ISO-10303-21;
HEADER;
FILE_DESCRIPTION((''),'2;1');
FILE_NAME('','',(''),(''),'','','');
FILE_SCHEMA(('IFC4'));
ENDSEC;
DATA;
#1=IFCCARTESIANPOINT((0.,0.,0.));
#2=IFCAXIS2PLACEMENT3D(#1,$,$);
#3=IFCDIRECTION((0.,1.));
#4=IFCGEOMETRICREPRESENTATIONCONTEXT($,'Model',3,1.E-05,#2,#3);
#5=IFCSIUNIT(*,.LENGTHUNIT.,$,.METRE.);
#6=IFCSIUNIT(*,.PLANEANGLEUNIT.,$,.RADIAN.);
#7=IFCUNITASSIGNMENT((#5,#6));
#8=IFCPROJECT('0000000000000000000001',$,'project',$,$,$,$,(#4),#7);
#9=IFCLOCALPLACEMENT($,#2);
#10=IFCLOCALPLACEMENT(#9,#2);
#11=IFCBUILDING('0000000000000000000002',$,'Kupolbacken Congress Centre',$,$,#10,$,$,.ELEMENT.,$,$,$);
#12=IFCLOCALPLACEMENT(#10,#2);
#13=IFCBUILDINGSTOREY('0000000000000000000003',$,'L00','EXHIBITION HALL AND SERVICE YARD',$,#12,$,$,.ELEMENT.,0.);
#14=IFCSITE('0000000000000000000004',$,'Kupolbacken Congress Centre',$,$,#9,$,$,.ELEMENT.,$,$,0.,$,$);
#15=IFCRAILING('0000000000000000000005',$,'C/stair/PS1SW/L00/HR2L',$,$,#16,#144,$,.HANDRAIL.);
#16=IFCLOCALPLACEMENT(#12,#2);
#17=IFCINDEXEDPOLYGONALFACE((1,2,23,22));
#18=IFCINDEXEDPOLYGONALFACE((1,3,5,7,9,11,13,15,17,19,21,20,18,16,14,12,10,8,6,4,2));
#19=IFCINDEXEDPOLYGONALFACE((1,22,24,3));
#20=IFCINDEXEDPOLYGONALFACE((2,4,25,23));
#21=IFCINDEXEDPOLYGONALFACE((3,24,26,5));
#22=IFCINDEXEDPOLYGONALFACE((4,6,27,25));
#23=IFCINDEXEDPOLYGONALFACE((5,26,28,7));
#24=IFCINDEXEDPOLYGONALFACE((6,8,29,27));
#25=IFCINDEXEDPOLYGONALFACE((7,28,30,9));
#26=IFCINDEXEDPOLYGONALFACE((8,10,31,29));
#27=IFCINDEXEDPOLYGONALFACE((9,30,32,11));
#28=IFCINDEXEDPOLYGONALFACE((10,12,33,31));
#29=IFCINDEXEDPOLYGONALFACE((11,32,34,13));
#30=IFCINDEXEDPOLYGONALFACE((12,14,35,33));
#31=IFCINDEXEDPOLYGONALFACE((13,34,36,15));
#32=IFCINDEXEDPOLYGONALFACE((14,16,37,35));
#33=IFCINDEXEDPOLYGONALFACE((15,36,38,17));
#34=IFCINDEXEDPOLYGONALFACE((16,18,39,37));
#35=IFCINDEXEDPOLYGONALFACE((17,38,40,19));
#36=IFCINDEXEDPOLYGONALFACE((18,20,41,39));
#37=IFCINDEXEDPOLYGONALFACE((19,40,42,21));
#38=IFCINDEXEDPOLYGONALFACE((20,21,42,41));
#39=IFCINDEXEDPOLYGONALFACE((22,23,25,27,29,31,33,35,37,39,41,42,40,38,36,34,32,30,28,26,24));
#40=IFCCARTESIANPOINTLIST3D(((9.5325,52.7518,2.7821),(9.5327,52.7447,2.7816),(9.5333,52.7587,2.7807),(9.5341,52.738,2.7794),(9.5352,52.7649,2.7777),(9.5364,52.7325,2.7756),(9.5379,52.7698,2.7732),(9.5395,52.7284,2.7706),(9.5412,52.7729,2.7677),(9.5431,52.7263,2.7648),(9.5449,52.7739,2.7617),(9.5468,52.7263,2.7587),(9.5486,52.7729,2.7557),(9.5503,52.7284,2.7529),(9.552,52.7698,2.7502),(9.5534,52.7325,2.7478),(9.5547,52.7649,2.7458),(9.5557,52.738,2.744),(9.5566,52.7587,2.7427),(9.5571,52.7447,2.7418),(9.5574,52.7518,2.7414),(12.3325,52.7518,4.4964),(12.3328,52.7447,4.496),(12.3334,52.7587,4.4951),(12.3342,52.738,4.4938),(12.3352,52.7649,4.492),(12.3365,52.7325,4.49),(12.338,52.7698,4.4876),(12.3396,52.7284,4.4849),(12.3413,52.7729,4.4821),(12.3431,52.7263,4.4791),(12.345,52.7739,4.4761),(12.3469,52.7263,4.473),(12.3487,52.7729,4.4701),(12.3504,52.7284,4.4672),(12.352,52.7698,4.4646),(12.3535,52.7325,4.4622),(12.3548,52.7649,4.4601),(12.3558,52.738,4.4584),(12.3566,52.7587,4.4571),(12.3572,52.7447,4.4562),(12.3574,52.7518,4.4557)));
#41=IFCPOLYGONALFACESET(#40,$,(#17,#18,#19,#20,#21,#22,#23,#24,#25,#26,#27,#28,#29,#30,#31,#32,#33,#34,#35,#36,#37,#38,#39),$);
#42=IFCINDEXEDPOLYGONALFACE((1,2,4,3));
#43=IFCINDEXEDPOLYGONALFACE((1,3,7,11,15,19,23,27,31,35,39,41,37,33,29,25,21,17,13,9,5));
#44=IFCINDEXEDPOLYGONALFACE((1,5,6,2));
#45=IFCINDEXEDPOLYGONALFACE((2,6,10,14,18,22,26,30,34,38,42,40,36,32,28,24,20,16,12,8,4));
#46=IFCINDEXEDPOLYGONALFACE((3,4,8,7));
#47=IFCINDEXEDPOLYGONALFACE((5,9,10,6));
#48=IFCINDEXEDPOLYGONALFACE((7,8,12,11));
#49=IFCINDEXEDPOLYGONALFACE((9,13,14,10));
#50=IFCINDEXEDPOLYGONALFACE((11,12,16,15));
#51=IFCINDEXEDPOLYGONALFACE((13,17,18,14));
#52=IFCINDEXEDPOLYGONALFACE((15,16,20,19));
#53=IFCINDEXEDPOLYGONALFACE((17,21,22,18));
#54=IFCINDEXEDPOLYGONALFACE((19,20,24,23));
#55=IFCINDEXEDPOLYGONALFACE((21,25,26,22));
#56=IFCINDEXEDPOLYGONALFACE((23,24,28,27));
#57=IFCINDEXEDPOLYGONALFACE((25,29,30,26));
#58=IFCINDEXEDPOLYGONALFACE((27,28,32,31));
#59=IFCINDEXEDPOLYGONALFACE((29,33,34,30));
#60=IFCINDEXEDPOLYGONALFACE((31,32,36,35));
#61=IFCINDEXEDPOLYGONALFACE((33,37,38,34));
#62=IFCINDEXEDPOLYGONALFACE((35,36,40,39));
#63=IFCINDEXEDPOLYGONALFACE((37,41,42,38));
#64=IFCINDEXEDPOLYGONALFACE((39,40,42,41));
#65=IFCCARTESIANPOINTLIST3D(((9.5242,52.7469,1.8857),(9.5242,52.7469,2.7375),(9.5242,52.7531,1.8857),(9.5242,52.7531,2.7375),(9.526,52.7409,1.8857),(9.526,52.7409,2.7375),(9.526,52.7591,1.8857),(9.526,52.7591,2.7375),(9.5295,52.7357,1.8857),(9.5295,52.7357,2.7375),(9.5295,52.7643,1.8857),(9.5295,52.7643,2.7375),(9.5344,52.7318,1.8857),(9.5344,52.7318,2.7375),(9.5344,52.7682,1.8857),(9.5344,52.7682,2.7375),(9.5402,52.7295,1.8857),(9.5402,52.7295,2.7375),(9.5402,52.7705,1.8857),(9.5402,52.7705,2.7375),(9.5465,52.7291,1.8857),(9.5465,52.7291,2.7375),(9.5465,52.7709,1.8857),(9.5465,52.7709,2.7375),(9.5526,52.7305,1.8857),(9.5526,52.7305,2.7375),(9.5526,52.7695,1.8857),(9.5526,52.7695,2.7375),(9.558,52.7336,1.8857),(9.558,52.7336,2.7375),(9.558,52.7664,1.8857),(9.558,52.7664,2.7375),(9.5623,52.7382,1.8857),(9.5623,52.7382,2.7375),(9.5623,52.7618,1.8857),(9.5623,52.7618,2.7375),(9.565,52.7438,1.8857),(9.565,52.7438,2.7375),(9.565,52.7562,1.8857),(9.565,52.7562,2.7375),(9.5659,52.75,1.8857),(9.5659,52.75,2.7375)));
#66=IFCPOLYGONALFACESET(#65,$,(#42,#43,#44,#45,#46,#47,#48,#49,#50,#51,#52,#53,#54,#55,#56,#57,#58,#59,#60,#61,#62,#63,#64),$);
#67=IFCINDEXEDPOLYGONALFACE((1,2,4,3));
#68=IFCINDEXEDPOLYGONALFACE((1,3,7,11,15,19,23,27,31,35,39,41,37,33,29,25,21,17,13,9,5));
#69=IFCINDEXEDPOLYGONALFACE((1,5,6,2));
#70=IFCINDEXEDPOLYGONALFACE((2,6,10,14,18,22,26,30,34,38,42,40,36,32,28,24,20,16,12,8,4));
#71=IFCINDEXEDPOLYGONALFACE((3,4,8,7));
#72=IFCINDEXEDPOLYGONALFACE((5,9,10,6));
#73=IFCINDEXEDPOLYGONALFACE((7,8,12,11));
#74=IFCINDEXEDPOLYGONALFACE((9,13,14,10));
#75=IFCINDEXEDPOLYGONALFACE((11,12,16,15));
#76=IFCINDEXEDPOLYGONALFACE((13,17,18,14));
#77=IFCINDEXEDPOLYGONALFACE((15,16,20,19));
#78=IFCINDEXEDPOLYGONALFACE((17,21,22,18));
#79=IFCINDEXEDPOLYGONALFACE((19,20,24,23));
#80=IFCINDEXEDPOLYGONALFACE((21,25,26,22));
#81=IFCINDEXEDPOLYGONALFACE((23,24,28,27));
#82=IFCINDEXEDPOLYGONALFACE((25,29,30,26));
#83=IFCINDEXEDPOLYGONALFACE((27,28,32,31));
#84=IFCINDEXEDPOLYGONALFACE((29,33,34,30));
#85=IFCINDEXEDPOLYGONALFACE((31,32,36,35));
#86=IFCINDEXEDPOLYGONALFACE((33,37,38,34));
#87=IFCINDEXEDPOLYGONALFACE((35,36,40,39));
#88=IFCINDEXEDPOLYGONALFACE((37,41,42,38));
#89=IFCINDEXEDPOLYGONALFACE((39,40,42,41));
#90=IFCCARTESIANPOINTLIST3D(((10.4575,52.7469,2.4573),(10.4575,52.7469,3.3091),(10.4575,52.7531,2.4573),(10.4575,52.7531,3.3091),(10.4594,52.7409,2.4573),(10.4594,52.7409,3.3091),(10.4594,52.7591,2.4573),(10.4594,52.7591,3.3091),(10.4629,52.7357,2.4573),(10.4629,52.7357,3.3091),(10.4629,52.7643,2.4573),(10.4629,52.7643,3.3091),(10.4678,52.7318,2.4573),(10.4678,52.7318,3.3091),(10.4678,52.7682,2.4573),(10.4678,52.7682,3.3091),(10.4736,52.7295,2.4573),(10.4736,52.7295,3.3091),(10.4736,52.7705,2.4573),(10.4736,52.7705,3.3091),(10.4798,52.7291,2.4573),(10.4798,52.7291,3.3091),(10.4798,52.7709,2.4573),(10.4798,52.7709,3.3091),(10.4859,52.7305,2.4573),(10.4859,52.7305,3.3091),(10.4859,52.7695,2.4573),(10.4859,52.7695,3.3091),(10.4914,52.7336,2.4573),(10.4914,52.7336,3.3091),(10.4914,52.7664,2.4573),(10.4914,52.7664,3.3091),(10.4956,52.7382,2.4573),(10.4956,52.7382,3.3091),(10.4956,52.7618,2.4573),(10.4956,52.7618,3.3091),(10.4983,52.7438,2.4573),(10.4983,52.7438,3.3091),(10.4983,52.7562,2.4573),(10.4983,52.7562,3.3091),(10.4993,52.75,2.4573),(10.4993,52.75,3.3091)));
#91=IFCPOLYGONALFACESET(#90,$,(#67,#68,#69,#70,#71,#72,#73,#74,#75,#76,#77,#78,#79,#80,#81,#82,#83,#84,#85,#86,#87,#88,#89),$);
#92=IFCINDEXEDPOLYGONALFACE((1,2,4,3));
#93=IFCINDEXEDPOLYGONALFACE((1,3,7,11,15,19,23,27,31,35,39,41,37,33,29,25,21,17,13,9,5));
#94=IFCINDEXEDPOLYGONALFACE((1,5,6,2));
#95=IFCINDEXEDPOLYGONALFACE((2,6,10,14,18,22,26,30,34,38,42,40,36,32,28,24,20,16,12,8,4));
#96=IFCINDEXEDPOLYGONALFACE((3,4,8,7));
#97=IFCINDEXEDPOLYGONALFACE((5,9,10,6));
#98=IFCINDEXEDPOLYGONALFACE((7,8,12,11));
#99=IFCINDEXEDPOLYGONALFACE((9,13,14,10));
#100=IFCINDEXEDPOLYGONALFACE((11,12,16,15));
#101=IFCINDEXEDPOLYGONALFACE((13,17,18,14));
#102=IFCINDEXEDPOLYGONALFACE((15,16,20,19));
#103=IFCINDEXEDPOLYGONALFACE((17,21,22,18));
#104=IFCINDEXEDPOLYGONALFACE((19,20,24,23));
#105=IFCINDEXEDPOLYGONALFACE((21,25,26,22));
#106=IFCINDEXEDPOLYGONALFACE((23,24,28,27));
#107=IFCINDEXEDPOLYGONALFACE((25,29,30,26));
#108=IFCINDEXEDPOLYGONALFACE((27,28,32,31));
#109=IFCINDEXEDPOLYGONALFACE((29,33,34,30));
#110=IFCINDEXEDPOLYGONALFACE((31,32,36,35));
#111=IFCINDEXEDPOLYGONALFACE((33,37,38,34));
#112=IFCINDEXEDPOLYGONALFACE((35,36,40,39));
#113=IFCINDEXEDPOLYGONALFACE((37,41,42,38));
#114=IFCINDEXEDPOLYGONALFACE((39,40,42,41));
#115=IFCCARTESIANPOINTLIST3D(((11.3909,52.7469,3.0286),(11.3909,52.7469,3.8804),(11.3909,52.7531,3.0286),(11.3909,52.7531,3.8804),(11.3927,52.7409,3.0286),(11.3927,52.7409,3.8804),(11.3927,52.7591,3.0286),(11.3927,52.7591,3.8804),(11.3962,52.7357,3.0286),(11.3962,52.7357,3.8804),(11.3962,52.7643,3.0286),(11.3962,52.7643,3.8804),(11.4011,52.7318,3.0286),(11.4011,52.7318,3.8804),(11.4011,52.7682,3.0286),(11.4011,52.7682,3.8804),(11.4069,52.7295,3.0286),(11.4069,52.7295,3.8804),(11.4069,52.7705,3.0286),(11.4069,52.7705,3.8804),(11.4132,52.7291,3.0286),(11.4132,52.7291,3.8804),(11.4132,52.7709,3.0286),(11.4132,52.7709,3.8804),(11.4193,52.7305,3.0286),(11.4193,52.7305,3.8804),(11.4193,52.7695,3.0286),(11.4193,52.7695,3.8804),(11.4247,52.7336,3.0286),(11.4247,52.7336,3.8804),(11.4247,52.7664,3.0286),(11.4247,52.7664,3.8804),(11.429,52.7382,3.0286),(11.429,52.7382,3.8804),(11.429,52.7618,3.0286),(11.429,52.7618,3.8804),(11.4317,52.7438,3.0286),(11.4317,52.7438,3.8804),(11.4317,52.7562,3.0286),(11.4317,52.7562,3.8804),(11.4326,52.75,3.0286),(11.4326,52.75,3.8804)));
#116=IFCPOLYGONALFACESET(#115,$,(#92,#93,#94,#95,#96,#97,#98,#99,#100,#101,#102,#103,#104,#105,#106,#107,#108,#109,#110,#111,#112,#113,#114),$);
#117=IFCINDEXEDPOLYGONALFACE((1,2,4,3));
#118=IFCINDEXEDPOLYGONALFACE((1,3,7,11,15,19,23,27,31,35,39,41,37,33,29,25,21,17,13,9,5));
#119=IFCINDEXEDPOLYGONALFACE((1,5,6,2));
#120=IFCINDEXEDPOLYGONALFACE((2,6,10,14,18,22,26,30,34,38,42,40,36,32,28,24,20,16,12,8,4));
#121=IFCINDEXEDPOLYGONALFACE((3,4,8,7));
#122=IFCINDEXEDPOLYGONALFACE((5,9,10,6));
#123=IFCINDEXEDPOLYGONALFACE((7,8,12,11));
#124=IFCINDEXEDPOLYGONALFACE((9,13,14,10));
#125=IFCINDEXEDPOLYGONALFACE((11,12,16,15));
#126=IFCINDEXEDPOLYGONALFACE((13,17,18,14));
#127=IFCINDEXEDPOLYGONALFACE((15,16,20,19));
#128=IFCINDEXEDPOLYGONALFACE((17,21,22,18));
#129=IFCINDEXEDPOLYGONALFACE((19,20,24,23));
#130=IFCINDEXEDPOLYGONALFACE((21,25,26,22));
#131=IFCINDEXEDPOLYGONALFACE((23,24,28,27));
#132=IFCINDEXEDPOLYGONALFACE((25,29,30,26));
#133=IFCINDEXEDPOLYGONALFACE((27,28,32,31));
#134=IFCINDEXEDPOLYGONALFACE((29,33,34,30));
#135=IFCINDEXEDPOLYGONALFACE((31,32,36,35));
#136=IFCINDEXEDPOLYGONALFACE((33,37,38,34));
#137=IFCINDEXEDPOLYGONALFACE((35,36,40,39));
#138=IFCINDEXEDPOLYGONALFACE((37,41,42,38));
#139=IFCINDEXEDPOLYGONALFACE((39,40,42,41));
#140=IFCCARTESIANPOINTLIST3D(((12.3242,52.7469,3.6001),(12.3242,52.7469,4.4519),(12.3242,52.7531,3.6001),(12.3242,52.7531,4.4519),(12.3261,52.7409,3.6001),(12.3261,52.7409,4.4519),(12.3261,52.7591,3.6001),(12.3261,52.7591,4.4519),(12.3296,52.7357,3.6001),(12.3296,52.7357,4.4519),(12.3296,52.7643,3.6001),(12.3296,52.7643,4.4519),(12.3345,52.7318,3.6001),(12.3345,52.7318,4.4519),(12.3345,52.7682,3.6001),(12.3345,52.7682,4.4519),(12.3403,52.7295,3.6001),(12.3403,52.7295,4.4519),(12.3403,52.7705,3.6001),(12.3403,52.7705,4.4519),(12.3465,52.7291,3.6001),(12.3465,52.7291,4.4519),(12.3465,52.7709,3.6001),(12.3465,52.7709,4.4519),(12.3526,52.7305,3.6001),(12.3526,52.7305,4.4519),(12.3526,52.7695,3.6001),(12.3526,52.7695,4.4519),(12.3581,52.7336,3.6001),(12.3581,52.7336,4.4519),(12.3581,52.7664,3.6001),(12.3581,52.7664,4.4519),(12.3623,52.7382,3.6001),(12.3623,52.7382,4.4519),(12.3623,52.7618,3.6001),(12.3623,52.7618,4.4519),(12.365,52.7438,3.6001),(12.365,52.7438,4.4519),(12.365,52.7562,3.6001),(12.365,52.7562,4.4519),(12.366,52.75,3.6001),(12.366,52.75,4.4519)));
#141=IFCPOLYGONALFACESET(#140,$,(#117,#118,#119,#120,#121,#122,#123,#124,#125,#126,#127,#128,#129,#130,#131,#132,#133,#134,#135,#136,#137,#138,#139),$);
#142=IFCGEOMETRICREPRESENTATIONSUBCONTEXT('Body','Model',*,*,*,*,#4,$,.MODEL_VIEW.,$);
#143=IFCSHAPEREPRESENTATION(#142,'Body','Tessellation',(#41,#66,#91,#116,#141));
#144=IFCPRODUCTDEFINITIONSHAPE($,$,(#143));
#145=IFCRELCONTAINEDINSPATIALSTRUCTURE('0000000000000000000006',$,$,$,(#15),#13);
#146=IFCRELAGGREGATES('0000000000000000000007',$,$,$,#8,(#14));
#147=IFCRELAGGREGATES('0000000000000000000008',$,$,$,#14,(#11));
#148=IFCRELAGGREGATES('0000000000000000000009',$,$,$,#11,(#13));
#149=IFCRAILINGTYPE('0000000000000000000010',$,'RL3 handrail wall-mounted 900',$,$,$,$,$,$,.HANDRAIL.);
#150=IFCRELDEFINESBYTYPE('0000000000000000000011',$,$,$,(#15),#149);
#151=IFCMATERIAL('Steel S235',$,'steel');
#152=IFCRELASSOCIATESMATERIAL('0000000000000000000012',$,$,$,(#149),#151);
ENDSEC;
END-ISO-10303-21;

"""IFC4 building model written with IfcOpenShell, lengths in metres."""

from ifc_helpers import new_model, si_unit, direction, frame, origin, origin_2d, place, context, subcontext, project, spatial, circle, extrude, material, type_object, element, save


model = new_model("IFC4")

# Units and contexts
model_context = context("Model", 3, precision=1e-05, world=origin(), true_north=direction((0.0, 1.0)))
body_context = subcontext(model_context, "Body", "Model", "MODEL_VIEW")
ifc_project = project(units=[si_unit("LENGTHUNIT", "METRE"), si_unit("PLANEANGLEUNIT", "RADIAN")], contexts=[model_context])

# Site, building, storey
site_placement = place(None, origin())
site = spatial("IfcSite", under=ifc_project, at=site_placement, Name="Kupolbacken Congress Centre", CompositionType="ELEMENT", RefElevation=0.0)
building_placement = place(site_placement, origin())
building = spatial("IfcBuilding", under=site, at=building_placement, Name="Kupolbacken Congress Centre", CompositionType="ELEMENT")
storey_placement = place(building_placement, origin())
storey = spatial("IfcBuildingStorey", under=building, at=storey_placement, Name="L00", Description="EXHIBITION HALL AND SERVICE YARD", CompositionType="ELEMENT", Elevation=0.0)

# Railing
ifc_material_1 = material(Name="Steel S235", Category="steel")
railing_type = type_object("IfcRailingType", Name="RL3 handrail wall-mounted 900", PredefinedType="HANDRAIL", material=ifc_material_1)
for number, where, name in (
    (1, (9.5449, 52.75, 1.8857), "C/stair/PS1SW/L00/HR2L"),
):
    element("IfcRailing", number, at=place(storey_placement, frame(where)), inside=storey, type_object=railing_type, Name=name, PredefinedType="HANDRAIL", context=body_context, shape_type="SweptSolid", body=[
        extrude(circle(Radius=0.0239, at=origin_2d()), frame((0.0, 0.0, 0.876), z_axis=(0.852846, 0.0, 0.522163), x_axis=(0.0, 1.0, 0.0)), (0.0, 0.0, 1.0), 3.2832),
        extrude(circle(Radius=0.021, at=origin_2d()), origin(), (0.0, 0.0, 1.0), 0.8518),
        extrude(circle(Radius=0.021, at=origin_2d()), frame((0.9333, 0.0, 0.5715)), (0.0, 0.0, 1.0), 0.8518),
        extrude(circle(Radius=0.021, at=origin_2d()), frame((1.8667, 0.0, 1.1428)), (0.0, 0.0, 1.0), 0.8518),
        extrude(circle(Radius=0.021, at=origin_2d()), frame((2.8, 0.0, 1.7144)), (0.0, 0.0, 1.0), 0.8518),
    ])

save(model, "model.ifc")
